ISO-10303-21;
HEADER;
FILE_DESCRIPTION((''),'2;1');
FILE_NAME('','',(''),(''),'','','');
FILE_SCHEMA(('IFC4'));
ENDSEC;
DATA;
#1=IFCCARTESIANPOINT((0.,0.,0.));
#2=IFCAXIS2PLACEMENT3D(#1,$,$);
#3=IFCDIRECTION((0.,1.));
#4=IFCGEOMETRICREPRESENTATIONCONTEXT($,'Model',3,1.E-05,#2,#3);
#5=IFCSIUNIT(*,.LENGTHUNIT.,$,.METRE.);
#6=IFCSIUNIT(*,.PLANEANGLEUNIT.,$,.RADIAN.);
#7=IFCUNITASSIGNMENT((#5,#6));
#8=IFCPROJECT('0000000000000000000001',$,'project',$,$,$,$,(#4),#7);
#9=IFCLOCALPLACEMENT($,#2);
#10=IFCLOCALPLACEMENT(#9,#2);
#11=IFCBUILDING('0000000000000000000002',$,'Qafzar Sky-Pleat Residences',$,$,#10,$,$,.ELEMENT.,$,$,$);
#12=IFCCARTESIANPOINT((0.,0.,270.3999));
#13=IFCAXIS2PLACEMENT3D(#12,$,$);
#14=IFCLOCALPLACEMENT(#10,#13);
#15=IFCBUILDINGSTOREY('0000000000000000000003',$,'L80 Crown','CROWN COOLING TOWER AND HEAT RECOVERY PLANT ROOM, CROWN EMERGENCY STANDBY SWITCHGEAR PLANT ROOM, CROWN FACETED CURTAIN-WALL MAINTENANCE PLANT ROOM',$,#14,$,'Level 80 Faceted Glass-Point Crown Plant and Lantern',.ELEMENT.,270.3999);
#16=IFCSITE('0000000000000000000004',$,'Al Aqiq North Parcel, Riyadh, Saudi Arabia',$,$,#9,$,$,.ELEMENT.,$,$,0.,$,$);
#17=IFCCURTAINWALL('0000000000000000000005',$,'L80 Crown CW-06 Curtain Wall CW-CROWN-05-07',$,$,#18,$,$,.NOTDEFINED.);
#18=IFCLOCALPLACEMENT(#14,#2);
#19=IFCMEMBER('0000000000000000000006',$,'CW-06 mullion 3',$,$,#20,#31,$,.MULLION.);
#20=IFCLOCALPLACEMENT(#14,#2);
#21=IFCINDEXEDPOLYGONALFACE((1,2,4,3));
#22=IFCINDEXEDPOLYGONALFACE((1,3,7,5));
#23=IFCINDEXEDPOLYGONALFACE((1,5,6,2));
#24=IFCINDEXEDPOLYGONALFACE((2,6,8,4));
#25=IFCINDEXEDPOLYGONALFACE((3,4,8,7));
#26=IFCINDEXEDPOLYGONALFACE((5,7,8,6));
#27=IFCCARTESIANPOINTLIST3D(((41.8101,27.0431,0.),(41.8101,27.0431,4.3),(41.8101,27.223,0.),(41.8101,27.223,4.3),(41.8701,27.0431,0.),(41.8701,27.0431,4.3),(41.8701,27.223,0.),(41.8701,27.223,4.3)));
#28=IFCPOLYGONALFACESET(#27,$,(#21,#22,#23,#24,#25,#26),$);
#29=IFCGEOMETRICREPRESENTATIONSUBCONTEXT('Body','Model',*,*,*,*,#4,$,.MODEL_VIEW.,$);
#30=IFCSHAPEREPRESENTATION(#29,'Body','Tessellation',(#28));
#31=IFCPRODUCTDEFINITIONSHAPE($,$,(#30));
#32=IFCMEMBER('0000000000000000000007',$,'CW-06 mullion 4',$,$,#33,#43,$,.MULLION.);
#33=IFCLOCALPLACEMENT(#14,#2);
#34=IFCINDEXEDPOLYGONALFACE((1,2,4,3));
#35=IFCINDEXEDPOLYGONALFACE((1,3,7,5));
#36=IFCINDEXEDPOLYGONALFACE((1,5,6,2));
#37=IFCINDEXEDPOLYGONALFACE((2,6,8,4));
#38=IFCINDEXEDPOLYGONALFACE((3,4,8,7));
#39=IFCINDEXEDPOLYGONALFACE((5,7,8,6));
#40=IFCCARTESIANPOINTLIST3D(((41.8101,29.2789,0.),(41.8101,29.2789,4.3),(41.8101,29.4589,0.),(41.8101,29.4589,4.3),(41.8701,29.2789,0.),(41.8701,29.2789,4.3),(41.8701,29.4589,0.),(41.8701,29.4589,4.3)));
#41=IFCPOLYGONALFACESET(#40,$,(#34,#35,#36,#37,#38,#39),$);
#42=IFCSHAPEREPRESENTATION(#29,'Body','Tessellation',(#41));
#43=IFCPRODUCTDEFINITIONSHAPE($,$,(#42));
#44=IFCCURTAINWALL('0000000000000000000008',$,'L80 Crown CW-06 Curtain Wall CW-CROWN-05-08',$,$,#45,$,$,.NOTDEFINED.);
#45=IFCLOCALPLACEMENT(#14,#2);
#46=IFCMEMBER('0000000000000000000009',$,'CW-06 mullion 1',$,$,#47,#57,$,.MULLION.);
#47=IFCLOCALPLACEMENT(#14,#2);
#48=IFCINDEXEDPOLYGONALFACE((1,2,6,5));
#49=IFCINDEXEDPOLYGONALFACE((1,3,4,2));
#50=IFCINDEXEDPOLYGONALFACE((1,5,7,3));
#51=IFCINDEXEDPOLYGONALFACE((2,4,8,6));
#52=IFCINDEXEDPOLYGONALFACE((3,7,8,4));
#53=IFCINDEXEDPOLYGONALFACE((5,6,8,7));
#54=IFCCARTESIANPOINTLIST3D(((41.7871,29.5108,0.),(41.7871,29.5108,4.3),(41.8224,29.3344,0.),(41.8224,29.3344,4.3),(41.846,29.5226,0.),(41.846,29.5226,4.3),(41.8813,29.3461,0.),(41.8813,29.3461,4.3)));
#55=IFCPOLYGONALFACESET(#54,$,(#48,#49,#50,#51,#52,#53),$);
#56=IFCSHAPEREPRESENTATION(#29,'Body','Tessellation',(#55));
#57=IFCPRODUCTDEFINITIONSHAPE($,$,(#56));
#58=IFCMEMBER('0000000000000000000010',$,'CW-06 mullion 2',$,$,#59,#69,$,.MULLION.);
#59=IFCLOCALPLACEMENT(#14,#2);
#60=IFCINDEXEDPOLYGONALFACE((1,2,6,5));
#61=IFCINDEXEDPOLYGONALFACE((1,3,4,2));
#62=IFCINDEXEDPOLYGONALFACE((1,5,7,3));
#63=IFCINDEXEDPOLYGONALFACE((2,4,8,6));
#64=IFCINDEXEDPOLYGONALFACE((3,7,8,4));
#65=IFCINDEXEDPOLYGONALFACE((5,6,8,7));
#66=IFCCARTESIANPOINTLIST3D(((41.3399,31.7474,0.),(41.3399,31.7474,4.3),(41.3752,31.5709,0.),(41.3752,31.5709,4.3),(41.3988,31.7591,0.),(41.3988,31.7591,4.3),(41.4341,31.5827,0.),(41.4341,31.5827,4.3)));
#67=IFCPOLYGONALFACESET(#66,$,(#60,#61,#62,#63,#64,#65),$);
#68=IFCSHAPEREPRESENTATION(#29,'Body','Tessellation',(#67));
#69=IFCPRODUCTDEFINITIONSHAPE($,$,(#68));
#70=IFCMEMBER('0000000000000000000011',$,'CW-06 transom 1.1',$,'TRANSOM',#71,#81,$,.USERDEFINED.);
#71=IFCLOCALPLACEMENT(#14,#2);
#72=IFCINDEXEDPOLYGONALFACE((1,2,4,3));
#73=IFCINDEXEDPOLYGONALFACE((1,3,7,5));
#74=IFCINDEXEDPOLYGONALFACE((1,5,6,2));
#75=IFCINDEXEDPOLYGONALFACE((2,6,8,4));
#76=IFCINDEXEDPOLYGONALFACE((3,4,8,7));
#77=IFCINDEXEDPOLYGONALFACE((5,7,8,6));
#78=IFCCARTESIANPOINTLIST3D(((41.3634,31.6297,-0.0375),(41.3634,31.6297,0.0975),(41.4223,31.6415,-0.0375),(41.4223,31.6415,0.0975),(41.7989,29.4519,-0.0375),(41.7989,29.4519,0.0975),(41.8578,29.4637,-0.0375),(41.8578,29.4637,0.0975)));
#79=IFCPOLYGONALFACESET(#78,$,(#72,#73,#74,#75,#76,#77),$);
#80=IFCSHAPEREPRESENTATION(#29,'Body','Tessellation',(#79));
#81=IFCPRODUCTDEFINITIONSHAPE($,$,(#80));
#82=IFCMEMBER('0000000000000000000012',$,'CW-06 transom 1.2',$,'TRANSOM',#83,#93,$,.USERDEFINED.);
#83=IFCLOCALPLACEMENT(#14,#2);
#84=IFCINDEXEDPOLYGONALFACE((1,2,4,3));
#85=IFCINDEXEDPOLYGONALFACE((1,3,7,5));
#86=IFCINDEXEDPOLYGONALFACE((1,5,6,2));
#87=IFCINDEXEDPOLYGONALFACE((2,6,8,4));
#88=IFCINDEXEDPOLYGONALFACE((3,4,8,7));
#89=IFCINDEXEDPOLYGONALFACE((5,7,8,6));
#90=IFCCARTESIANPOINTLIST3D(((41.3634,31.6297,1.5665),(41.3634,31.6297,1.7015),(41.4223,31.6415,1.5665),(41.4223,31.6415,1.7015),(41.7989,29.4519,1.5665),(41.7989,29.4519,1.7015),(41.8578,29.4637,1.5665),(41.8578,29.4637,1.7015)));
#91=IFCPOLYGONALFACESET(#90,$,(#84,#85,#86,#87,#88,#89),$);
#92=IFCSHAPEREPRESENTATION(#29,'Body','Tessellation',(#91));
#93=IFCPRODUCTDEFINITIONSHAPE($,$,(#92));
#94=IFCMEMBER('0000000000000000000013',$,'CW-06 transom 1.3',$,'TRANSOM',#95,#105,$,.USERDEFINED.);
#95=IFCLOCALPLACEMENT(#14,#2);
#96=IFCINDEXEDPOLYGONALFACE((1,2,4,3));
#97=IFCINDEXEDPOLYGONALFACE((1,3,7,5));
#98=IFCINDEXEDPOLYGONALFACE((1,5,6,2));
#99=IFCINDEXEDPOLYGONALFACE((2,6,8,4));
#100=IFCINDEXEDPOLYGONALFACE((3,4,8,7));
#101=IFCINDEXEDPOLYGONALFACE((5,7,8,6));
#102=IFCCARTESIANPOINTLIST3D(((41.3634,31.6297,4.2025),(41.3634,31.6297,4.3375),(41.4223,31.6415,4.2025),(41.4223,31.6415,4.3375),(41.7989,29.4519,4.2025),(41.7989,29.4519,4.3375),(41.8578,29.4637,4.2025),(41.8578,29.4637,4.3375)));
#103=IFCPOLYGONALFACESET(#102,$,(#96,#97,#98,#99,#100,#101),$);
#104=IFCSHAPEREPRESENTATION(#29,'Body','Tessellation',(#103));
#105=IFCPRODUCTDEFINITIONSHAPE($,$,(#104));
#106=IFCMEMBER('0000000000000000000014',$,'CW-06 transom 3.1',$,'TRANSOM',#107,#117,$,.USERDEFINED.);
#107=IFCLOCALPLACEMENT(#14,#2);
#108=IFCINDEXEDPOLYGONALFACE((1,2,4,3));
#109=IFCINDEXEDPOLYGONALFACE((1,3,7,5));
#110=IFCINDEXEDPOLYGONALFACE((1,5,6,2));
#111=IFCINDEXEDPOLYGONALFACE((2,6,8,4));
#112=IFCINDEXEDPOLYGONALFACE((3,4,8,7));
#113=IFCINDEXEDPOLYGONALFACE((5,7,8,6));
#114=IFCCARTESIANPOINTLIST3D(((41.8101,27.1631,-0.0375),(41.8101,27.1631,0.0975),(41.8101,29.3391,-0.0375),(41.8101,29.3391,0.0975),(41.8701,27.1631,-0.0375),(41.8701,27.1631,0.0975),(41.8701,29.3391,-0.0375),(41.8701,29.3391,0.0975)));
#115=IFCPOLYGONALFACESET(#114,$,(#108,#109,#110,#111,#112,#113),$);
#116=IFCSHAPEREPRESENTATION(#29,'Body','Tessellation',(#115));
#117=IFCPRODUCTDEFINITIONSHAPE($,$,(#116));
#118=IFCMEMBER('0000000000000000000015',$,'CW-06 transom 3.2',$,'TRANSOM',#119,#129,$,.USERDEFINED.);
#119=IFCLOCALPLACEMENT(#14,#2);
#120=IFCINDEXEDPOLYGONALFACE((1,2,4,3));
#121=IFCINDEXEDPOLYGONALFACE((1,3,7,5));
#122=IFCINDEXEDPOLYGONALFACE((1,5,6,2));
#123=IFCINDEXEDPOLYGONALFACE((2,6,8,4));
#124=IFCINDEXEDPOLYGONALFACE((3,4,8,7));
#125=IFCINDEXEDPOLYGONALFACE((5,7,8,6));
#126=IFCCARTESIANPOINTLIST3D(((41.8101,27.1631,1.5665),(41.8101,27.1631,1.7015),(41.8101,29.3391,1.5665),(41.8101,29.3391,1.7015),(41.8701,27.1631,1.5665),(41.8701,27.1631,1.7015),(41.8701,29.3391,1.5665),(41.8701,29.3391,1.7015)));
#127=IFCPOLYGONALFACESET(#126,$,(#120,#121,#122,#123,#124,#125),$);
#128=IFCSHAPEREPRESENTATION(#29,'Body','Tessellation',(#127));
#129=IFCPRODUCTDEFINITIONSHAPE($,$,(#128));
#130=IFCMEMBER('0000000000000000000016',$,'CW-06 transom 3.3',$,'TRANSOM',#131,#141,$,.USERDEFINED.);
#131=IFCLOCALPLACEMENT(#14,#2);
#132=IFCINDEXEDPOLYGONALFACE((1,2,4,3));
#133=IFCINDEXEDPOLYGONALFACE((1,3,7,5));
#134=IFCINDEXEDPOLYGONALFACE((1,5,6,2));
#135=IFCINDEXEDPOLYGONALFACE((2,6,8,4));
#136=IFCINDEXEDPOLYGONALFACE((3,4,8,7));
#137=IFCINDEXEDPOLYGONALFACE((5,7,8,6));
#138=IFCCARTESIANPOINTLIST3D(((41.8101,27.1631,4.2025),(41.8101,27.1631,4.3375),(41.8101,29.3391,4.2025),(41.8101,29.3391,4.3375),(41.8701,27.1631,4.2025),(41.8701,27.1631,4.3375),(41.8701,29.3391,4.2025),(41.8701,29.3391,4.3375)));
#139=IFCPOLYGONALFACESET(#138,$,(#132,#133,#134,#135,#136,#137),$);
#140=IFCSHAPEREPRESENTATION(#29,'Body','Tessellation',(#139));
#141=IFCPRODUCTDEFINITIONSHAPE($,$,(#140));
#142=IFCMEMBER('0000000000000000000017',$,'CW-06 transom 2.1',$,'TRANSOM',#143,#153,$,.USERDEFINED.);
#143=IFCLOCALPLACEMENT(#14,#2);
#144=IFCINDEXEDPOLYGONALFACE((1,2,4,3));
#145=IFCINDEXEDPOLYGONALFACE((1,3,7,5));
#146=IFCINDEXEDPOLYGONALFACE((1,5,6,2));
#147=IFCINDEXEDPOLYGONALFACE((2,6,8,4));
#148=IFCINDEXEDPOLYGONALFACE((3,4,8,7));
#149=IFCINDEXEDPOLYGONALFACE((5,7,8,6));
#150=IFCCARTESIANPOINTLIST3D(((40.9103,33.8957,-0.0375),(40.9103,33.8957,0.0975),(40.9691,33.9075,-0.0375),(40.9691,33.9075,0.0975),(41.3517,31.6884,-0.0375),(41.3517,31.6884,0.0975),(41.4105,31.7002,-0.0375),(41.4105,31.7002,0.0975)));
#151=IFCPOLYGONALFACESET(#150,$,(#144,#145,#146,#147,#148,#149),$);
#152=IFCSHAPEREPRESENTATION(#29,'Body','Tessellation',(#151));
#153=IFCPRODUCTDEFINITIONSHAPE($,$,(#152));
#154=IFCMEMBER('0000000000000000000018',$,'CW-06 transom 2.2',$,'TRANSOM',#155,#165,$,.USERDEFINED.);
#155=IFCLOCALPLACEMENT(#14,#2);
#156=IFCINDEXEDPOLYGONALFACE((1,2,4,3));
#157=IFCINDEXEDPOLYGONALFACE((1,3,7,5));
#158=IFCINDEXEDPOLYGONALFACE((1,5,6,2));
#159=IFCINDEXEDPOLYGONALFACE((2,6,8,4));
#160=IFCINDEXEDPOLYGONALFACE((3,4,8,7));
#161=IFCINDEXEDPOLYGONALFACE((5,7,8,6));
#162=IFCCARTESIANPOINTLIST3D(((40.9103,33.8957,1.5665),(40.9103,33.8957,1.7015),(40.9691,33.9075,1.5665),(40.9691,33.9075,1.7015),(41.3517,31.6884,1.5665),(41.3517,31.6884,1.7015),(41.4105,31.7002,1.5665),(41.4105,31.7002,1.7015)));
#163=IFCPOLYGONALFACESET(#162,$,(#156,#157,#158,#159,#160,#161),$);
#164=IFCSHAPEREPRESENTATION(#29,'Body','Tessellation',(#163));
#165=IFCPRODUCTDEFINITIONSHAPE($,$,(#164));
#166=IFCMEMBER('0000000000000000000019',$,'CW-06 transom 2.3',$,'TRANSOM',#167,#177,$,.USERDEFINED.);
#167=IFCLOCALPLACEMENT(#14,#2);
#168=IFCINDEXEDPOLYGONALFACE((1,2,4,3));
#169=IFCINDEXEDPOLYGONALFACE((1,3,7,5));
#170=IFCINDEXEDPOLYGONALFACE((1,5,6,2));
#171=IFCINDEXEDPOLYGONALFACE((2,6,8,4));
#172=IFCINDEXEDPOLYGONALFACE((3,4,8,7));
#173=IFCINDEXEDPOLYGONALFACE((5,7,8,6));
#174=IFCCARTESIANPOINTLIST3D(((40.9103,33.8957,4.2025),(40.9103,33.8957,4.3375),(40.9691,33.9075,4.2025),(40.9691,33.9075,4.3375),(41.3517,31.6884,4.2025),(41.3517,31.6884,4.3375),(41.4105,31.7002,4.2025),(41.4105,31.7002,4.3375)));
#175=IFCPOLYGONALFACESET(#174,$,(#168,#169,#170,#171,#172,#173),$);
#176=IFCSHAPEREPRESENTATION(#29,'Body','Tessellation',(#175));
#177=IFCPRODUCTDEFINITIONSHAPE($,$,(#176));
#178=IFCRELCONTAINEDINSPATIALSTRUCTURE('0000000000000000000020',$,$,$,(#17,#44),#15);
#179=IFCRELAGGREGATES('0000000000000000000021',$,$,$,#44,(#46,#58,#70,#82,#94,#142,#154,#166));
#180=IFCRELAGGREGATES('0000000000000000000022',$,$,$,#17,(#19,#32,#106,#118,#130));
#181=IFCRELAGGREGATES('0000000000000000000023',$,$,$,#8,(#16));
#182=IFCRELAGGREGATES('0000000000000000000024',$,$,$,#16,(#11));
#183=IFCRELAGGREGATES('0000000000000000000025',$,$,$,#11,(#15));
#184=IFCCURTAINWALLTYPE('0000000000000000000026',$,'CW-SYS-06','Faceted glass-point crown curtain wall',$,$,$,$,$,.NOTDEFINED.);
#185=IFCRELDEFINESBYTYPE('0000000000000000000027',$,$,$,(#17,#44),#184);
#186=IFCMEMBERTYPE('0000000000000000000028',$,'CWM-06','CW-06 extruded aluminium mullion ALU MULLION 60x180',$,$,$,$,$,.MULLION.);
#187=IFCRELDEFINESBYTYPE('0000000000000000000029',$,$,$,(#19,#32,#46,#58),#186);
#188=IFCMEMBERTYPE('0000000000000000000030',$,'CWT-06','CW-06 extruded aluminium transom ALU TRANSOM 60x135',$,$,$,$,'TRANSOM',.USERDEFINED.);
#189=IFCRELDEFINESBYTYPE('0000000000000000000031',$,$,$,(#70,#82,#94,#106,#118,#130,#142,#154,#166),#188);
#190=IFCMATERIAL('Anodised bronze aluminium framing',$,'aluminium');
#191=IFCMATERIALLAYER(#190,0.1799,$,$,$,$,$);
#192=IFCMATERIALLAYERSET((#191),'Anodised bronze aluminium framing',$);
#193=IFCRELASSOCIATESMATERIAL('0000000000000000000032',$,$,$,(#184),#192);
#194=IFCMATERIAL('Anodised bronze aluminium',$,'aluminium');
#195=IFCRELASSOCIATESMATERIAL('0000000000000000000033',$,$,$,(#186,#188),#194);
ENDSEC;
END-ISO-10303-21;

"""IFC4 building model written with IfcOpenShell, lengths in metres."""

from ifc_helpers import new_model, si_unit, direction, frame, origin, origin_2d, place, context, subcontext, project, spatial, rectangle, extrude, source, transform, mapped, material, layer, layer_set, material_profile, profile_set, type_object, element, aggregate, save


model = new_model("IFC4")

# Units and contexts
model_context = context("Model", 3, precision=1e-05, world=origin(), true_north=direction((0.0, 1.0)))
body_context = subcontext(model_context, "Body", "Model", "MODEL_VIEW")
ifc_project = project(units=[si_unit("LENGTHUNIT", "METRE"), si_unit("PLANEANGLEUNIT", "RADIAN")], contexts=[model_context])

# Site, building, storey
site_placement = place(None, origin())
site = spatial("IfcSite", under=ifc_project, at=site_placement, Name="Al Aqiq North Parcel, Riyadh, Saudi Arabia", CompositionType="ELEMENT", RefElevation=0.0)
building_placement = place(site_placement, origin())
building = spatial("IfcBuilding", under=site, at=building_placement, Name="Qafzar Sky-Pleat Residences", CompositionType="ELEMENT")
storey_placement = place(building_placement, frame((0.0, 0.0, 270.3999)))
storey = spatial("IfcBuildingStorey", under=building, at=storey_placement, Name="L80 Crown", Description="CROWN COOLING TOWER AND HEAT RECOVERY PLANT ROOM, CROWN EMERGENCY STANDBY SWITCHGEAR PLANT ROOM, CROWN FACETED CURTAIN-WALL MAINTENANCE PLANT ROOM", LongName="Level 80 Faceted Glass-Point Crown Plant and Lantern", CompositionType="ELEMENT", Elevation=270.3999)

# Curtain walls, members
ifc_material_1 = material(Name="Anodised bronze aluminium framing", Category="aluminium")
ifc_layer_1 = layer(ifc_material_1, 0.1799)
ifc_layer_set_1 = layer_set([ifc_layer_1], Name="Anodised bronze aluminium framing")
curtain_wall_type = type_object("IfcCurtainWallType", Name="CW-SYS-06", Description="Faceted glass-point crown curtain wall", PredefinedType="NOTDEFINED", material=ifc_layer_set_1)
curtain_wall_1_placement = place(storey_placement, origin())
curtain_wall_1 = element("IfcCurtainWall", 1, at=curtain_wall_1_placement, inside=storey, type_object=curtain_wall_type, Name="L80 Crown CW-06 Curtain Wall CW-CROWN-05-07", PredefinedType="NOTDEFINED")
ifc_material_2 = material(Name="Anodised bronze aluminium", Category="aluminium")
ifc_material_profile_1 = material_profile(ifc_material_2, rectangle(XDim=0.0601, YDim=0.1799, at=origin_2d()), Name="ALU MULLION 60x180")
ifc_profile_set_1 = profile_set([ifc_material_profile_1], Name="Anodised bronze aluminium")
member_type_1 = type_object("IfcMemberType", Name="CWM-06", Description="CW-06 extruded aluminium mullion ALU MULLION 60x180", PredefinedType="MULLION", material=ifc_profile_set_1)
shared_shape_1 = source(origin(), body_context, "Body", "SweptSolid", [
    extrude(rectangle(XDim=0.0601, YDim=0.1799, at=origin_2d()), origin(), (0.0, 0.0, 1.0), 4.3),
])
member_1_placement = place(storey_placement, frame((41.8401, 27.1331, 0.0), z_axis=(0.0, 0.0, 1.0), x_axis=(-1.0, 0.0, 0.0)))
member_1 = element("IfcMember", 2, at=member_1_placement, type_object=member_type_1, Name="CW-06 mullion 3", PredefinedType="MULLION", context=body_context, shape_type="MappedRepresentation", body=[
    mapped(shared_shape_1, transform((0.0, 0.0, 0.0), x_axis=(1.0, 0.0, 0.0), y_axis=(0.0, 1.0, 0.0), z_axis=(0.0, 0.0, 1.0), scale=1.0)),
])
member_2_placement = place(storey_placement, frame((41.8401, 29.3689, 0.0), z_axis=(0.0, 0.0, 1.0), x_axis=(-1.0, 0.0, 0.0)))
member_2 = element("IfcMember", 3, at=member_2_placement, type_object=member_type_1, Name="CW-06 mullion 4", PredefinedType="MULLION", context=body_context, shape_type="MappedRepresentation", body=[
    mapped(shared_shape_1, transform((0.0, 0.0, 0.0), x_axis=(1.0, 0.0, 0.0), y_axis=(0.0, 1.0, 0.0), z_axis=(0.0, 0.0, 1.0), scale=1.0)),
])
curtain_wall_2_placement = place(storey_placement, origin())
curtain_wall_2 = element("IfcCurtainWall", 4, at=curtain_wall_2_placement, inside=storey, type_object=curtain_wall_type, Name="L80 Crown CW-06 Curtain Wall CW-CROWN-05-08", PredefinedType="NOTDEFINED")
member_3_placement = place(storey_placement, frame((41.8342, 29.4285, 0.0), z_axis=(0.0, 0.0, 1.0), x_axis=(-0.980581, -0.196116, 0.0)))
member_3 = element("IfcMember", 5, at=member_3_placement, type_object=member_type_1, Name="CW-06 mullion 1", PredefinedType="MULLION", context=body_context, shape_type="MappedRepresentation", body=[
    mapped(shared_shape_1, transform((0.0, 0.0, 0.0), x_axis=(1.0, 0.0, 0.0), y_axis=(0.0, 1.0, 0.0), z_axis=(0.0, 0.0, 1.0), scale=1.0)),
])
member_4_placement = place(storey_placement, frame((41.387, 31.665, 0.0), z_axis=(0.0, 0.0, 1.0), x_axis=(-0.980581, -0.196116, 0.0)))
member_4 = element("IfcMember", 6, at=member_4_placement, type_object=member_type_1, Name="CW-06 mullion 2", PredefinedType="MULLION", context=body_context, shape_type="MappedRepresentation", body=[
    mapped(shared_shape_1, transform((0.0, 0.0, 0.0), x_axis=(1.0, 0.0, 0.0), y_axis=(0.0, 1.0, 0.0), z_axis=(0.0, 0.0, 1.0), scale=1.0)),
])
ifc_material_profile_2 = material_profile(ifc_material_2, rectangle(XDim=0.0601, YDim=0.135, at=origin_2d()), Name="ALU TRANSOM 60x135")
ifc_profile_set_2 = profile_set([ifc_material_profile_2], Name="Anodised bronze aluminium")
member_type_2 = type_object("IfcMemberType", Name="CWT-06", Description="CW-06 extruded aluminium transom ALU TRANSOM 60x135", ElementType="TRANSOM", PredefinedType="USERDEFINED", material=ifc_profile_set_2)
shared_shape_2 = source(origin(), body_context, "Body", "SweptSolid", [
    extrude(rectangle(XDim=0.0601, YDim=0.135, at=origin_2d()), origin(), (0.0, 0.0, 1.0), 2.2209),
])
member_5_placement = place(storey_placement, frame((41.8284, 29.4578, 0.03), z_axis=(-0.196116, 0.980581, 0.0), x_axis=(-0.980581, -0.196116, 0.0)))
member_5 = element("IfcMember", 7, at=member_5_placement, type_object=member_type_2, Name="CW-06 transom 1.1", ObjectType="TRANSOM", PredefinedType="USERDEFINED", context=body_context, shape_type="MappedRepresentation", body=[
    mapped(shared_shape_2, transform((0.0, 0.0, 0.0), x_axis=(1.0, 0.0, 0.0), y_axis=(0.0, 1.0, 0.0), z_axis=(0.0, 0.0, 1.0), scale=1.0)),
])
member_6_placement = place(storey_placement, frame((41.8284, 29.4578, 1.634), z_axis=(-0.196116, 0.980581, 0.0), x_axis=(-0.980581, -0.196116, 0.0)))
member_6 = element("IfcMember", 8, at=member_6_placement, type_object=member_type_2, Name="CW-06 transom 1.2", ObjectType="TRANSOM", PredefinedType="USERDEFINED", context=body_context, shape_type="MappedRepresentation", body=[
    mapped(shared_shape_2, transform((0.0, 0.0, 0.0), x_axis=(1.0, 0.0, 0.0), y_axis=(0.0, 1.0, 0.0), z_axis=(0.0, 0.0, 1.0), scale=1.0)),
])
member_7_placement = place(storey_placement, frame((41.8284, 29.4578, 4.27), z_axis=(-0.196116, 0.980581, 0.0), x_axis=(-0.980581, -0.196116, 0.0)))
member_7 = element("IfcMember", 9, at=member_7_placement, type_object=member_type_2, Name="CW-06 transom 1.3", ObjectType="TRANSOM", PredefinedType="USERDEFINED", context=body_context, shape_type="MappedRepresentation", body=[
    mapped(shared_shape_2, transform((0.0, 0.0, 0.0), x_axis=(1.0, 0.0, 0.0), y_axis=(0.0, 1.0, 0.0), z_axis=(0.0, 0.0, 1.0), scale=1.0)),
])

# Members
shared_shape_3 = source(origin(), body_context, "Body", "SweptSolid", [
    extrude(rectangle(XDim=0.0601, YDim=0.135, at=origin_2d()), origin(), (0.0, 0.0, 1.0), 2.176),
])
member_8_placement = place(storey_placement, frame((41.8401, 27.1631, 0.03), z_axis=(0.0, 1.0, 0.0), x_axis=(-1.0, 0.0, 0.0)))
member_8 = element("IfcMember", 10, at=member_8_placement, type_object=member_type_2, Name="CW-06 transom 3.1", ObjectType="TRANSOM", PredefinedType="USERDEFINED", context=body_context, shape_type="MappedRepresentation", body=[
    mapped(shared_shape_3, transform((0.0, 0.0, 0.0), x_axis=(1.0, 0.0, 0.0), y_axis=(0.0, 1.0, 0.0), z_axis=(0.0, 0.0, 1.0), scale=1.0)),
])
member_9_placement = place(storey_placement, frame((41.8401, 27.1631, 1.634), z_axis=(0.0, 1.0, 0.0), x_axis=(-1.0, 0.0, 0.0)))
member_9 = element("IfcMember", 11, at=member_9_placement, type_object=member_type_2, Name="CW-06 transom 3.2", ObjectType="TRANSOM", PredefinedType="USERDEFINED", context=body_context, shape_type="MappedRepresentation", body=[
    mapped(shared_shape_3, transform((0.0, 0.0, 0.0), x_axis=(1.0, 0.0, 0.0), y_axis=(0.0, 1.0, 0.0), z_axis=(0.0, 0.0, 1.0), scale=1.0)),
])
member_10_placement = place(storey_placement, frame((41.8401, 27.1631, 4.27), z_axis=(0.0, 1.0, 0.0), x_axis=(-1.0, 0.0, 0.0)))
member_10 = element("IfcMember", 12, at=member_10_placement, type_object=member_type_2, Name="CW-06 transom 3.3", ObjectType="TRANSOM", PredefinedType="USERDEFINED", context=body_context, shape_type="MappedRepresentation", body=[
    mapped(shared_shape_3, transform((0.0, 0.0, 0.0), x_axis=(1.0, 0.0, 0.0), y_axis=(0.0, 1.0, 0.0), z_axis=(0.0, 0.0, 1.0), scale=1.0)),
])
shared_shape_4 = source(origin(), body_context, "Body", "SweptSolid", [
    extrude(rectangle(XDim=0.0601, YDim=0.135, at=origin_2d()), origin(), (0.0, 0.0, 1.0), 2.251),
])
member_11_placement = place(storey_placement, frame((41.3811, 31.6943, 0.03), z_axis=(-0.196095, 0.980585, 0.0), x_axis=(-0.980585, -0.196095, 0.0)))
member_11 = element("IfcMember", 13, at=member_11_placement, type_object=member_type_2, Name="CW-06 transom 2.1", ObjectType="TRANSOM", PredefinedType="USERDEFINED", context=body_context, shape_type="MappedRepresentation", body=[
    mapped(shared_shape_4, transform((0.0, 0.0, 0.0), x_axis=(1.0, 0.0, 0.0), y_axis=(0.0, 1.0, 0.0), z_axis=(0.0, 0.0, 1.0), scale=1.0)),
])
member_12_placement = place(storey_placement, frame((41.3811, 31.6943, 1.634), z_axis=(-0.196095, 0.980585, 0.0), x_axis=(-0.980585, -0.196095, 0.0)))
member_12 = element("IfcMember", 14, at=member_12_placement, type_object=member_type_2, Name="CW-06 transom 2.2", ObjectType="TRANSOM", PredefinedType="USERDEFINED", context=body_context, shape_type="MappedRepresentation", body=[
    mapped(shared_shape_4, transform((0.0, 0.0, 0.0), x_axis=(1.0, 0.0, 0.0), y_axis=(0.0, 1.0, 0.0), z_axis=(0.0, 0.0, 1.0), scale=1.0)),
])
member_13_placement = place(storey_placement, frame((41.3811, 31.6943, 4.27), z_axis=(-0.196095, 0.980585, 0.0), x_axis=(-0.980585, -0.196095, 0.0)))
member_13 = element("IfcMember", 15, at=member_13_placement, type_object=member_type_2, Name="CW-06 transom 2.3", ObjectType="TRANSOM", PredefinedType="USERDEFINED", context=body_context, shape_type="MappedRepresentation", body=[
    mapped(shared_shape_4, transform((0.0, 0.0, 0.0), x_axis=(1.0, 0.0, 0.0), y_axis=(0.0, 1.0, 0.0), z_axis=(0.0, 0.0, 1.0), scale=1.0)),
])

aggregate(curtain_wall_2, [member_3, member_4, member_5, member_6, member_7, member_11, member_12, member_13])
aggregate(curtain_wall_1, [member_1, member_2, member_8, member_9, member_10])

save(model, "model.ifc")
